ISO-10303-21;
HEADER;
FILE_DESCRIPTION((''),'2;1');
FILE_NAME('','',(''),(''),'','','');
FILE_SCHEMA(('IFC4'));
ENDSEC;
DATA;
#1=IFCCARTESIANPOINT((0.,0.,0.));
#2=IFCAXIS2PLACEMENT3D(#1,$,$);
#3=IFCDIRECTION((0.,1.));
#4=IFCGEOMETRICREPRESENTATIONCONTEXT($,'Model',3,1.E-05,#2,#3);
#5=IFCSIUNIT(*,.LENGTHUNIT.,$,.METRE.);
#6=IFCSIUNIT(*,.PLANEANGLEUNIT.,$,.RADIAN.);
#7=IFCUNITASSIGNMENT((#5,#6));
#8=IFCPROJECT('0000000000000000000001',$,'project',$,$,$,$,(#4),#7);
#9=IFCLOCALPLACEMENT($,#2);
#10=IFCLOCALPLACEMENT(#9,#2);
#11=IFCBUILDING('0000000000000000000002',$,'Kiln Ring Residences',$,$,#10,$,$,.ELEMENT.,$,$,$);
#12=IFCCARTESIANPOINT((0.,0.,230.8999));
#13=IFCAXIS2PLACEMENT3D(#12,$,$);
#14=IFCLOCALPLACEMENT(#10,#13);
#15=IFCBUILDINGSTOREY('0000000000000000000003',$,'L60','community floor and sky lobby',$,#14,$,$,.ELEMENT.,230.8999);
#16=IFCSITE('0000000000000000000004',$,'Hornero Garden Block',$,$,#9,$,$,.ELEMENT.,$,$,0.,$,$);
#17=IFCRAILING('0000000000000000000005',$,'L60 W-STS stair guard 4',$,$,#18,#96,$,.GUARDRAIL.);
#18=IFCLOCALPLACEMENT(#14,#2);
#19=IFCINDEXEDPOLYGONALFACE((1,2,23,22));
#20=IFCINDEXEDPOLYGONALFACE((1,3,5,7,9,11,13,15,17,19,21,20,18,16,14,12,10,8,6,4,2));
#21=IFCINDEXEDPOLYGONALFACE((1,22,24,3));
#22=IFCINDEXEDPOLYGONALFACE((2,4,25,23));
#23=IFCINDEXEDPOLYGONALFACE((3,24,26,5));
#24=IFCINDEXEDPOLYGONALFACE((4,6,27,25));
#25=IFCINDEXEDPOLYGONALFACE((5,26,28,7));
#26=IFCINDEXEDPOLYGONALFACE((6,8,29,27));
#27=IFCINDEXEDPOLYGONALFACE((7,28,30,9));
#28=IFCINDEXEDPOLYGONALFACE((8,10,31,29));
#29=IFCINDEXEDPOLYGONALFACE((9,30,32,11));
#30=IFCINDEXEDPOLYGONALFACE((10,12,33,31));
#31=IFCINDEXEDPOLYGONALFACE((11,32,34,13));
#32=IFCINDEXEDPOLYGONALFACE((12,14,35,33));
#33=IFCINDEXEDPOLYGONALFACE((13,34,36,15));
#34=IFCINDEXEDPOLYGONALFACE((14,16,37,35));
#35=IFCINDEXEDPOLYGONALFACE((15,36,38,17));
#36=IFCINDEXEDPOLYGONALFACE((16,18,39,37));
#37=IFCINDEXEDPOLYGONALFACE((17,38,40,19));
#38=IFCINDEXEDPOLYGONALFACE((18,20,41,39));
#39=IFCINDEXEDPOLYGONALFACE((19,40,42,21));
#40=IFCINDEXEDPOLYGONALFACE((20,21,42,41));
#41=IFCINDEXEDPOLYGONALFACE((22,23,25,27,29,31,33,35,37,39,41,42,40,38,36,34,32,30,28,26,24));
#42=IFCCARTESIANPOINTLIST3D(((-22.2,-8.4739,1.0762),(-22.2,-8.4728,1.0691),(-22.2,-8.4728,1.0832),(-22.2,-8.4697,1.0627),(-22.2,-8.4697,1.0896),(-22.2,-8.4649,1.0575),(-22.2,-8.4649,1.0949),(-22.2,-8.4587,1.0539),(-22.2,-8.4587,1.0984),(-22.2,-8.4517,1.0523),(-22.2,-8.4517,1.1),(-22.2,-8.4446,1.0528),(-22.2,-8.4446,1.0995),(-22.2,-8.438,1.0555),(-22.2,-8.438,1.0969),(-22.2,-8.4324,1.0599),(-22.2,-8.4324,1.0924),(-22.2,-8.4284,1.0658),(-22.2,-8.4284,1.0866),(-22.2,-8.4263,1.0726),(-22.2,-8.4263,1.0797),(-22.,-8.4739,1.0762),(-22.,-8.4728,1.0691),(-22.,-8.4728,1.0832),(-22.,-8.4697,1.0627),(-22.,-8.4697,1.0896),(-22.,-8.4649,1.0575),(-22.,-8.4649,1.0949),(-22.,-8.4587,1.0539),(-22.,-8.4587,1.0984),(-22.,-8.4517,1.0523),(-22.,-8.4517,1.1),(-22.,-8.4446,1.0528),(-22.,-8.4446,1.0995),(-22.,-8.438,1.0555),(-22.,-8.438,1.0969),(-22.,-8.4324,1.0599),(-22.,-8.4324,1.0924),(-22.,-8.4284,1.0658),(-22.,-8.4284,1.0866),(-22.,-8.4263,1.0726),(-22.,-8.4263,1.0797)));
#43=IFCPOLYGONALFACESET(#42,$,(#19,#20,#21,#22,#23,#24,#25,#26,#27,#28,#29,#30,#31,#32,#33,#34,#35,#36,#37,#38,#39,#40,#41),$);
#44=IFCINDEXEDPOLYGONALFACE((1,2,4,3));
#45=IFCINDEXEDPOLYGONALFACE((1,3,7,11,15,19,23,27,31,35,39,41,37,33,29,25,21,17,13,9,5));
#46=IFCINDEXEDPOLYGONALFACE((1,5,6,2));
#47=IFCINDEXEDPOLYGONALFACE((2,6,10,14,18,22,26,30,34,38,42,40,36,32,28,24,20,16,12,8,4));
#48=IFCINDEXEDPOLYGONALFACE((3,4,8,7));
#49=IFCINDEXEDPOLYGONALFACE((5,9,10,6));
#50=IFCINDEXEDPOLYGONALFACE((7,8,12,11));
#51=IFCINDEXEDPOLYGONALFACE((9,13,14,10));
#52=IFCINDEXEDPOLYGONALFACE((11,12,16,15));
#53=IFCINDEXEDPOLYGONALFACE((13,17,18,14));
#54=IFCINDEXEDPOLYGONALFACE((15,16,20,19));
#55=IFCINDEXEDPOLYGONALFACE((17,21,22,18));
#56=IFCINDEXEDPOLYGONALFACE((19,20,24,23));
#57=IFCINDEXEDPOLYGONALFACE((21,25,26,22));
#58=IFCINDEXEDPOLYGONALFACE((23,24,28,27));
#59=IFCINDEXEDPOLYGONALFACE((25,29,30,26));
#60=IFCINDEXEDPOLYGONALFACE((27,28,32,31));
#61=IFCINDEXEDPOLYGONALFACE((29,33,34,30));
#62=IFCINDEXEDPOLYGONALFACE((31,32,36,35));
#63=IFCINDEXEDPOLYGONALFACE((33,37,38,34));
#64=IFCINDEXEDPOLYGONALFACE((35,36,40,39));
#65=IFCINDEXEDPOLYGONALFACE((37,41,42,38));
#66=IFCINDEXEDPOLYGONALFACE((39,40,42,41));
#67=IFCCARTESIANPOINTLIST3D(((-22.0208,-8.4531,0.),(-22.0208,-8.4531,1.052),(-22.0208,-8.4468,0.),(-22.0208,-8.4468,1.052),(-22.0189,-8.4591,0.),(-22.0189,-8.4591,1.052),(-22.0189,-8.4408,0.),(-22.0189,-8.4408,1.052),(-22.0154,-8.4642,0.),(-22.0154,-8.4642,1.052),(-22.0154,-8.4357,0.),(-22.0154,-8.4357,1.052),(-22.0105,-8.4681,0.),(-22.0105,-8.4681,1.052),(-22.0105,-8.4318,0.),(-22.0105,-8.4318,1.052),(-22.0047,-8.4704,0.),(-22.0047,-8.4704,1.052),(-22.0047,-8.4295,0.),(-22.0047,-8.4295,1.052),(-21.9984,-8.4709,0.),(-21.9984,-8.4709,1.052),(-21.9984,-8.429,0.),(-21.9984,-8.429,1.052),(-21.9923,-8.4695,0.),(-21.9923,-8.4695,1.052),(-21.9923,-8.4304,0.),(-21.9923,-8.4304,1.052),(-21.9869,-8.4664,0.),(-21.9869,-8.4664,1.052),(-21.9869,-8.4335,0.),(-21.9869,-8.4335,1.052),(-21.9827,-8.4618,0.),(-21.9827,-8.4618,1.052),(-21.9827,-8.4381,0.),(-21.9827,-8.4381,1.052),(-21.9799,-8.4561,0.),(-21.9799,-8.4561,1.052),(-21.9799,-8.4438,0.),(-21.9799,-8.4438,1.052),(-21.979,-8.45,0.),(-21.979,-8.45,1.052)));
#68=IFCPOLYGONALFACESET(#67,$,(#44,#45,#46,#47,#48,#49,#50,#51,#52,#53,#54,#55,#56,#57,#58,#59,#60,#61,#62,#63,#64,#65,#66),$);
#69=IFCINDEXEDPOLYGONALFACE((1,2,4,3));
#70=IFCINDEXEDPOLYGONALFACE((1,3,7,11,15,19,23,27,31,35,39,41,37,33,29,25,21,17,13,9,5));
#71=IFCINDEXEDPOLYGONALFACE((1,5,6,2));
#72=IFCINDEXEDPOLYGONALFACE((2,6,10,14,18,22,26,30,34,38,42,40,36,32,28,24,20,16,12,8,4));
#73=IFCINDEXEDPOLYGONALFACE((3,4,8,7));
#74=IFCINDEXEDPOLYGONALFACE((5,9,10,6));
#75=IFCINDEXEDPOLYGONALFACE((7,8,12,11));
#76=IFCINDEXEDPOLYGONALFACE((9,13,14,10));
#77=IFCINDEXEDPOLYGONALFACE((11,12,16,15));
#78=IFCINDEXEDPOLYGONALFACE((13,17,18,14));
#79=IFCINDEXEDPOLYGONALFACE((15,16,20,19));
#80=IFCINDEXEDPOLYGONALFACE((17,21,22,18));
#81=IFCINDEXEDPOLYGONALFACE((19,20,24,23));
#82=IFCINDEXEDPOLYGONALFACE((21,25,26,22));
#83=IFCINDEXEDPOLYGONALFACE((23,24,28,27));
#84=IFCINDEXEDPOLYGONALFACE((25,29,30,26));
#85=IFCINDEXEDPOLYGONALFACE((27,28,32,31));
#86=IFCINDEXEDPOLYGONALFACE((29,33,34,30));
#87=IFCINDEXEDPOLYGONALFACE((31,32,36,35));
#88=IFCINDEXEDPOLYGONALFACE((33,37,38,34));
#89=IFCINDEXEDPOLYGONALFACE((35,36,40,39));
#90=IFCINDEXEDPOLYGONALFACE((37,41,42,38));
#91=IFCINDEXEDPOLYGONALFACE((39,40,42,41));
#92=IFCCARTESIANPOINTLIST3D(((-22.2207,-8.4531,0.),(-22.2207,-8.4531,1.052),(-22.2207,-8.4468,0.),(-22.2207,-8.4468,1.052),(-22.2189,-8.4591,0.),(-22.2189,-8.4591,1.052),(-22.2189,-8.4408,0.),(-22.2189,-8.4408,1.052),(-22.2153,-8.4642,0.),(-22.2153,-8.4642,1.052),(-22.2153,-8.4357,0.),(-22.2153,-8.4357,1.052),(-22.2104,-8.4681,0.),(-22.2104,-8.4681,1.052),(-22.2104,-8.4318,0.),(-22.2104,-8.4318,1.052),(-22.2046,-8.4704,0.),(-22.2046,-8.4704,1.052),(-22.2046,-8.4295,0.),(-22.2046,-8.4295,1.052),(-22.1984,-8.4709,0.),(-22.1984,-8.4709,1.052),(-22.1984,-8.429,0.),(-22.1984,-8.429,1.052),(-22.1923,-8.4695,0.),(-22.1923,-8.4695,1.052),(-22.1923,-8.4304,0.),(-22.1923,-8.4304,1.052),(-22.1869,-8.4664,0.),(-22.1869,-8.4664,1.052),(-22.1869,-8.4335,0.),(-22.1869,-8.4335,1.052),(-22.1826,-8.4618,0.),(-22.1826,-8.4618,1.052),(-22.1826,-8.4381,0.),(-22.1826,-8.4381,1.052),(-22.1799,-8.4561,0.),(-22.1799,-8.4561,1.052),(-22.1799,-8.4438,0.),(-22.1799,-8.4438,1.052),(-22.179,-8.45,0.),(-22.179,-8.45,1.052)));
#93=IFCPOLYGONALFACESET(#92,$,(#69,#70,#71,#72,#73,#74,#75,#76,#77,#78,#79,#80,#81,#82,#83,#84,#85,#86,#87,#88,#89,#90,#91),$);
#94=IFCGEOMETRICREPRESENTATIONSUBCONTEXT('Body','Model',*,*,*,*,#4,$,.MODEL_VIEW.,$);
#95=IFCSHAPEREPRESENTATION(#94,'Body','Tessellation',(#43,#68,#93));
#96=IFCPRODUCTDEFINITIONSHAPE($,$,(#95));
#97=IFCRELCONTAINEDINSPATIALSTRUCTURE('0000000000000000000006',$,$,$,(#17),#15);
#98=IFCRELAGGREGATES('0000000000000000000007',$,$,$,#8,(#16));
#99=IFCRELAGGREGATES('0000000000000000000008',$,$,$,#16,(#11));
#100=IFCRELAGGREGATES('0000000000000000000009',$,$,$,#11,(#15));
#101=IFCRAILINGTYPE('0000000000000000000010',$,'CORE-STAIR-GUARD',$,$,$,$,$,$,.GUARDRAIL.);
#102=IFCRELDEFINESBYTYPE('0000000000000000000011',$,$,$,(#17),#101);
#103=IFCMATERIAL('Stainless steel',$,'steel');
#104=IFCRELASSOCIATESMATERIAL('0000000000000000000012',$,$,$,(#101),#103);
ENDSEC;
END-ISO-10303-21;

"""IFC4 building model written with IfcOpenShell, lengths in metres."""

from ifc_helpers import new_model, si_unit, direction, frame, origin, origin_2d, place, context, subcontext, project, spatial, circle, extrude, material, type_object, element, save


model = new_model("IFC4")

# Units and contexts
model_context = context("Model", 3, precision=1e-05, world=origin(), true_north=direction((0.0, 1.0)))
body_context = subcontext(model_context, "Body", "Model", "MODEL_VIEW")
ifc_project = project(units=[si_unit("LENGTHUNIT", "METRE"), si_unit("PLANEANGLEUNIT", "RADIAN")], contexts=[model_context])

# Site, building, storey
site_placement = place(None, origin())
site = spatial("IfcSite", under=ifc_project, at=site_placement, Name="Hornero Garden Block", CompositionType="ELEMENT", RefElevation=0.0)
building_placement = place(site_placement, origin())
building = spatial("IfcBuilding", under=site, at=building_placement, Name="Kiln Ring Residences", CompositionType="ELEMENT")
storey_placement = place(building_placement, frame((0.0, 0.0, 230.8999)))
storey = spatial("IfcBuildingStorey", under=building, at=storey_placement, Name="L60", Description="community floor and sky lobby", CompositionType="ELEMENT", Elevation=230.8999)

# Railing
ifc_material_1 = material(Name="Stainless steel", Category="steel")
railing_type_1 = type_object("IfcRailingType", Name="CORE-STAIR-GUARD", PredefinedType="GUARDRAIL", material=ifc_material_1)
railing_1_placement = place(storey_placement, frame((-22.0, -8.45, 0.0)))
element("IfcRailing", 1, at=railing_1_placement, inside=storey, type_object=railing_type_1, Name="L60 W-STS stair guard 4", PredefinedType="GUARDRAIL", context=body_context, shape_type="SweptSolid", body=[
    extrude(circle(Radius=0.0239, at=origin_2d()), frame((0.0, 0.0, 1.0762), z_axis=(-1.0, 0.0, 0.0), x_axis=(0.0, -1.0, 0.0)), (0.0, 0.0, 1.0), 0.2),
    extrude(circle(Radius=0.021, at=origin_2d()), origin(), (0.0, 0.0, 1.0), 1.052),
    extrude(circle(Radius=0.021, at=origin_2d()), frame((-0.2, 0.0, 0.0)), (0.0, 0.0, 1.0), 1.052),
])

save(model, "model.ifc")
